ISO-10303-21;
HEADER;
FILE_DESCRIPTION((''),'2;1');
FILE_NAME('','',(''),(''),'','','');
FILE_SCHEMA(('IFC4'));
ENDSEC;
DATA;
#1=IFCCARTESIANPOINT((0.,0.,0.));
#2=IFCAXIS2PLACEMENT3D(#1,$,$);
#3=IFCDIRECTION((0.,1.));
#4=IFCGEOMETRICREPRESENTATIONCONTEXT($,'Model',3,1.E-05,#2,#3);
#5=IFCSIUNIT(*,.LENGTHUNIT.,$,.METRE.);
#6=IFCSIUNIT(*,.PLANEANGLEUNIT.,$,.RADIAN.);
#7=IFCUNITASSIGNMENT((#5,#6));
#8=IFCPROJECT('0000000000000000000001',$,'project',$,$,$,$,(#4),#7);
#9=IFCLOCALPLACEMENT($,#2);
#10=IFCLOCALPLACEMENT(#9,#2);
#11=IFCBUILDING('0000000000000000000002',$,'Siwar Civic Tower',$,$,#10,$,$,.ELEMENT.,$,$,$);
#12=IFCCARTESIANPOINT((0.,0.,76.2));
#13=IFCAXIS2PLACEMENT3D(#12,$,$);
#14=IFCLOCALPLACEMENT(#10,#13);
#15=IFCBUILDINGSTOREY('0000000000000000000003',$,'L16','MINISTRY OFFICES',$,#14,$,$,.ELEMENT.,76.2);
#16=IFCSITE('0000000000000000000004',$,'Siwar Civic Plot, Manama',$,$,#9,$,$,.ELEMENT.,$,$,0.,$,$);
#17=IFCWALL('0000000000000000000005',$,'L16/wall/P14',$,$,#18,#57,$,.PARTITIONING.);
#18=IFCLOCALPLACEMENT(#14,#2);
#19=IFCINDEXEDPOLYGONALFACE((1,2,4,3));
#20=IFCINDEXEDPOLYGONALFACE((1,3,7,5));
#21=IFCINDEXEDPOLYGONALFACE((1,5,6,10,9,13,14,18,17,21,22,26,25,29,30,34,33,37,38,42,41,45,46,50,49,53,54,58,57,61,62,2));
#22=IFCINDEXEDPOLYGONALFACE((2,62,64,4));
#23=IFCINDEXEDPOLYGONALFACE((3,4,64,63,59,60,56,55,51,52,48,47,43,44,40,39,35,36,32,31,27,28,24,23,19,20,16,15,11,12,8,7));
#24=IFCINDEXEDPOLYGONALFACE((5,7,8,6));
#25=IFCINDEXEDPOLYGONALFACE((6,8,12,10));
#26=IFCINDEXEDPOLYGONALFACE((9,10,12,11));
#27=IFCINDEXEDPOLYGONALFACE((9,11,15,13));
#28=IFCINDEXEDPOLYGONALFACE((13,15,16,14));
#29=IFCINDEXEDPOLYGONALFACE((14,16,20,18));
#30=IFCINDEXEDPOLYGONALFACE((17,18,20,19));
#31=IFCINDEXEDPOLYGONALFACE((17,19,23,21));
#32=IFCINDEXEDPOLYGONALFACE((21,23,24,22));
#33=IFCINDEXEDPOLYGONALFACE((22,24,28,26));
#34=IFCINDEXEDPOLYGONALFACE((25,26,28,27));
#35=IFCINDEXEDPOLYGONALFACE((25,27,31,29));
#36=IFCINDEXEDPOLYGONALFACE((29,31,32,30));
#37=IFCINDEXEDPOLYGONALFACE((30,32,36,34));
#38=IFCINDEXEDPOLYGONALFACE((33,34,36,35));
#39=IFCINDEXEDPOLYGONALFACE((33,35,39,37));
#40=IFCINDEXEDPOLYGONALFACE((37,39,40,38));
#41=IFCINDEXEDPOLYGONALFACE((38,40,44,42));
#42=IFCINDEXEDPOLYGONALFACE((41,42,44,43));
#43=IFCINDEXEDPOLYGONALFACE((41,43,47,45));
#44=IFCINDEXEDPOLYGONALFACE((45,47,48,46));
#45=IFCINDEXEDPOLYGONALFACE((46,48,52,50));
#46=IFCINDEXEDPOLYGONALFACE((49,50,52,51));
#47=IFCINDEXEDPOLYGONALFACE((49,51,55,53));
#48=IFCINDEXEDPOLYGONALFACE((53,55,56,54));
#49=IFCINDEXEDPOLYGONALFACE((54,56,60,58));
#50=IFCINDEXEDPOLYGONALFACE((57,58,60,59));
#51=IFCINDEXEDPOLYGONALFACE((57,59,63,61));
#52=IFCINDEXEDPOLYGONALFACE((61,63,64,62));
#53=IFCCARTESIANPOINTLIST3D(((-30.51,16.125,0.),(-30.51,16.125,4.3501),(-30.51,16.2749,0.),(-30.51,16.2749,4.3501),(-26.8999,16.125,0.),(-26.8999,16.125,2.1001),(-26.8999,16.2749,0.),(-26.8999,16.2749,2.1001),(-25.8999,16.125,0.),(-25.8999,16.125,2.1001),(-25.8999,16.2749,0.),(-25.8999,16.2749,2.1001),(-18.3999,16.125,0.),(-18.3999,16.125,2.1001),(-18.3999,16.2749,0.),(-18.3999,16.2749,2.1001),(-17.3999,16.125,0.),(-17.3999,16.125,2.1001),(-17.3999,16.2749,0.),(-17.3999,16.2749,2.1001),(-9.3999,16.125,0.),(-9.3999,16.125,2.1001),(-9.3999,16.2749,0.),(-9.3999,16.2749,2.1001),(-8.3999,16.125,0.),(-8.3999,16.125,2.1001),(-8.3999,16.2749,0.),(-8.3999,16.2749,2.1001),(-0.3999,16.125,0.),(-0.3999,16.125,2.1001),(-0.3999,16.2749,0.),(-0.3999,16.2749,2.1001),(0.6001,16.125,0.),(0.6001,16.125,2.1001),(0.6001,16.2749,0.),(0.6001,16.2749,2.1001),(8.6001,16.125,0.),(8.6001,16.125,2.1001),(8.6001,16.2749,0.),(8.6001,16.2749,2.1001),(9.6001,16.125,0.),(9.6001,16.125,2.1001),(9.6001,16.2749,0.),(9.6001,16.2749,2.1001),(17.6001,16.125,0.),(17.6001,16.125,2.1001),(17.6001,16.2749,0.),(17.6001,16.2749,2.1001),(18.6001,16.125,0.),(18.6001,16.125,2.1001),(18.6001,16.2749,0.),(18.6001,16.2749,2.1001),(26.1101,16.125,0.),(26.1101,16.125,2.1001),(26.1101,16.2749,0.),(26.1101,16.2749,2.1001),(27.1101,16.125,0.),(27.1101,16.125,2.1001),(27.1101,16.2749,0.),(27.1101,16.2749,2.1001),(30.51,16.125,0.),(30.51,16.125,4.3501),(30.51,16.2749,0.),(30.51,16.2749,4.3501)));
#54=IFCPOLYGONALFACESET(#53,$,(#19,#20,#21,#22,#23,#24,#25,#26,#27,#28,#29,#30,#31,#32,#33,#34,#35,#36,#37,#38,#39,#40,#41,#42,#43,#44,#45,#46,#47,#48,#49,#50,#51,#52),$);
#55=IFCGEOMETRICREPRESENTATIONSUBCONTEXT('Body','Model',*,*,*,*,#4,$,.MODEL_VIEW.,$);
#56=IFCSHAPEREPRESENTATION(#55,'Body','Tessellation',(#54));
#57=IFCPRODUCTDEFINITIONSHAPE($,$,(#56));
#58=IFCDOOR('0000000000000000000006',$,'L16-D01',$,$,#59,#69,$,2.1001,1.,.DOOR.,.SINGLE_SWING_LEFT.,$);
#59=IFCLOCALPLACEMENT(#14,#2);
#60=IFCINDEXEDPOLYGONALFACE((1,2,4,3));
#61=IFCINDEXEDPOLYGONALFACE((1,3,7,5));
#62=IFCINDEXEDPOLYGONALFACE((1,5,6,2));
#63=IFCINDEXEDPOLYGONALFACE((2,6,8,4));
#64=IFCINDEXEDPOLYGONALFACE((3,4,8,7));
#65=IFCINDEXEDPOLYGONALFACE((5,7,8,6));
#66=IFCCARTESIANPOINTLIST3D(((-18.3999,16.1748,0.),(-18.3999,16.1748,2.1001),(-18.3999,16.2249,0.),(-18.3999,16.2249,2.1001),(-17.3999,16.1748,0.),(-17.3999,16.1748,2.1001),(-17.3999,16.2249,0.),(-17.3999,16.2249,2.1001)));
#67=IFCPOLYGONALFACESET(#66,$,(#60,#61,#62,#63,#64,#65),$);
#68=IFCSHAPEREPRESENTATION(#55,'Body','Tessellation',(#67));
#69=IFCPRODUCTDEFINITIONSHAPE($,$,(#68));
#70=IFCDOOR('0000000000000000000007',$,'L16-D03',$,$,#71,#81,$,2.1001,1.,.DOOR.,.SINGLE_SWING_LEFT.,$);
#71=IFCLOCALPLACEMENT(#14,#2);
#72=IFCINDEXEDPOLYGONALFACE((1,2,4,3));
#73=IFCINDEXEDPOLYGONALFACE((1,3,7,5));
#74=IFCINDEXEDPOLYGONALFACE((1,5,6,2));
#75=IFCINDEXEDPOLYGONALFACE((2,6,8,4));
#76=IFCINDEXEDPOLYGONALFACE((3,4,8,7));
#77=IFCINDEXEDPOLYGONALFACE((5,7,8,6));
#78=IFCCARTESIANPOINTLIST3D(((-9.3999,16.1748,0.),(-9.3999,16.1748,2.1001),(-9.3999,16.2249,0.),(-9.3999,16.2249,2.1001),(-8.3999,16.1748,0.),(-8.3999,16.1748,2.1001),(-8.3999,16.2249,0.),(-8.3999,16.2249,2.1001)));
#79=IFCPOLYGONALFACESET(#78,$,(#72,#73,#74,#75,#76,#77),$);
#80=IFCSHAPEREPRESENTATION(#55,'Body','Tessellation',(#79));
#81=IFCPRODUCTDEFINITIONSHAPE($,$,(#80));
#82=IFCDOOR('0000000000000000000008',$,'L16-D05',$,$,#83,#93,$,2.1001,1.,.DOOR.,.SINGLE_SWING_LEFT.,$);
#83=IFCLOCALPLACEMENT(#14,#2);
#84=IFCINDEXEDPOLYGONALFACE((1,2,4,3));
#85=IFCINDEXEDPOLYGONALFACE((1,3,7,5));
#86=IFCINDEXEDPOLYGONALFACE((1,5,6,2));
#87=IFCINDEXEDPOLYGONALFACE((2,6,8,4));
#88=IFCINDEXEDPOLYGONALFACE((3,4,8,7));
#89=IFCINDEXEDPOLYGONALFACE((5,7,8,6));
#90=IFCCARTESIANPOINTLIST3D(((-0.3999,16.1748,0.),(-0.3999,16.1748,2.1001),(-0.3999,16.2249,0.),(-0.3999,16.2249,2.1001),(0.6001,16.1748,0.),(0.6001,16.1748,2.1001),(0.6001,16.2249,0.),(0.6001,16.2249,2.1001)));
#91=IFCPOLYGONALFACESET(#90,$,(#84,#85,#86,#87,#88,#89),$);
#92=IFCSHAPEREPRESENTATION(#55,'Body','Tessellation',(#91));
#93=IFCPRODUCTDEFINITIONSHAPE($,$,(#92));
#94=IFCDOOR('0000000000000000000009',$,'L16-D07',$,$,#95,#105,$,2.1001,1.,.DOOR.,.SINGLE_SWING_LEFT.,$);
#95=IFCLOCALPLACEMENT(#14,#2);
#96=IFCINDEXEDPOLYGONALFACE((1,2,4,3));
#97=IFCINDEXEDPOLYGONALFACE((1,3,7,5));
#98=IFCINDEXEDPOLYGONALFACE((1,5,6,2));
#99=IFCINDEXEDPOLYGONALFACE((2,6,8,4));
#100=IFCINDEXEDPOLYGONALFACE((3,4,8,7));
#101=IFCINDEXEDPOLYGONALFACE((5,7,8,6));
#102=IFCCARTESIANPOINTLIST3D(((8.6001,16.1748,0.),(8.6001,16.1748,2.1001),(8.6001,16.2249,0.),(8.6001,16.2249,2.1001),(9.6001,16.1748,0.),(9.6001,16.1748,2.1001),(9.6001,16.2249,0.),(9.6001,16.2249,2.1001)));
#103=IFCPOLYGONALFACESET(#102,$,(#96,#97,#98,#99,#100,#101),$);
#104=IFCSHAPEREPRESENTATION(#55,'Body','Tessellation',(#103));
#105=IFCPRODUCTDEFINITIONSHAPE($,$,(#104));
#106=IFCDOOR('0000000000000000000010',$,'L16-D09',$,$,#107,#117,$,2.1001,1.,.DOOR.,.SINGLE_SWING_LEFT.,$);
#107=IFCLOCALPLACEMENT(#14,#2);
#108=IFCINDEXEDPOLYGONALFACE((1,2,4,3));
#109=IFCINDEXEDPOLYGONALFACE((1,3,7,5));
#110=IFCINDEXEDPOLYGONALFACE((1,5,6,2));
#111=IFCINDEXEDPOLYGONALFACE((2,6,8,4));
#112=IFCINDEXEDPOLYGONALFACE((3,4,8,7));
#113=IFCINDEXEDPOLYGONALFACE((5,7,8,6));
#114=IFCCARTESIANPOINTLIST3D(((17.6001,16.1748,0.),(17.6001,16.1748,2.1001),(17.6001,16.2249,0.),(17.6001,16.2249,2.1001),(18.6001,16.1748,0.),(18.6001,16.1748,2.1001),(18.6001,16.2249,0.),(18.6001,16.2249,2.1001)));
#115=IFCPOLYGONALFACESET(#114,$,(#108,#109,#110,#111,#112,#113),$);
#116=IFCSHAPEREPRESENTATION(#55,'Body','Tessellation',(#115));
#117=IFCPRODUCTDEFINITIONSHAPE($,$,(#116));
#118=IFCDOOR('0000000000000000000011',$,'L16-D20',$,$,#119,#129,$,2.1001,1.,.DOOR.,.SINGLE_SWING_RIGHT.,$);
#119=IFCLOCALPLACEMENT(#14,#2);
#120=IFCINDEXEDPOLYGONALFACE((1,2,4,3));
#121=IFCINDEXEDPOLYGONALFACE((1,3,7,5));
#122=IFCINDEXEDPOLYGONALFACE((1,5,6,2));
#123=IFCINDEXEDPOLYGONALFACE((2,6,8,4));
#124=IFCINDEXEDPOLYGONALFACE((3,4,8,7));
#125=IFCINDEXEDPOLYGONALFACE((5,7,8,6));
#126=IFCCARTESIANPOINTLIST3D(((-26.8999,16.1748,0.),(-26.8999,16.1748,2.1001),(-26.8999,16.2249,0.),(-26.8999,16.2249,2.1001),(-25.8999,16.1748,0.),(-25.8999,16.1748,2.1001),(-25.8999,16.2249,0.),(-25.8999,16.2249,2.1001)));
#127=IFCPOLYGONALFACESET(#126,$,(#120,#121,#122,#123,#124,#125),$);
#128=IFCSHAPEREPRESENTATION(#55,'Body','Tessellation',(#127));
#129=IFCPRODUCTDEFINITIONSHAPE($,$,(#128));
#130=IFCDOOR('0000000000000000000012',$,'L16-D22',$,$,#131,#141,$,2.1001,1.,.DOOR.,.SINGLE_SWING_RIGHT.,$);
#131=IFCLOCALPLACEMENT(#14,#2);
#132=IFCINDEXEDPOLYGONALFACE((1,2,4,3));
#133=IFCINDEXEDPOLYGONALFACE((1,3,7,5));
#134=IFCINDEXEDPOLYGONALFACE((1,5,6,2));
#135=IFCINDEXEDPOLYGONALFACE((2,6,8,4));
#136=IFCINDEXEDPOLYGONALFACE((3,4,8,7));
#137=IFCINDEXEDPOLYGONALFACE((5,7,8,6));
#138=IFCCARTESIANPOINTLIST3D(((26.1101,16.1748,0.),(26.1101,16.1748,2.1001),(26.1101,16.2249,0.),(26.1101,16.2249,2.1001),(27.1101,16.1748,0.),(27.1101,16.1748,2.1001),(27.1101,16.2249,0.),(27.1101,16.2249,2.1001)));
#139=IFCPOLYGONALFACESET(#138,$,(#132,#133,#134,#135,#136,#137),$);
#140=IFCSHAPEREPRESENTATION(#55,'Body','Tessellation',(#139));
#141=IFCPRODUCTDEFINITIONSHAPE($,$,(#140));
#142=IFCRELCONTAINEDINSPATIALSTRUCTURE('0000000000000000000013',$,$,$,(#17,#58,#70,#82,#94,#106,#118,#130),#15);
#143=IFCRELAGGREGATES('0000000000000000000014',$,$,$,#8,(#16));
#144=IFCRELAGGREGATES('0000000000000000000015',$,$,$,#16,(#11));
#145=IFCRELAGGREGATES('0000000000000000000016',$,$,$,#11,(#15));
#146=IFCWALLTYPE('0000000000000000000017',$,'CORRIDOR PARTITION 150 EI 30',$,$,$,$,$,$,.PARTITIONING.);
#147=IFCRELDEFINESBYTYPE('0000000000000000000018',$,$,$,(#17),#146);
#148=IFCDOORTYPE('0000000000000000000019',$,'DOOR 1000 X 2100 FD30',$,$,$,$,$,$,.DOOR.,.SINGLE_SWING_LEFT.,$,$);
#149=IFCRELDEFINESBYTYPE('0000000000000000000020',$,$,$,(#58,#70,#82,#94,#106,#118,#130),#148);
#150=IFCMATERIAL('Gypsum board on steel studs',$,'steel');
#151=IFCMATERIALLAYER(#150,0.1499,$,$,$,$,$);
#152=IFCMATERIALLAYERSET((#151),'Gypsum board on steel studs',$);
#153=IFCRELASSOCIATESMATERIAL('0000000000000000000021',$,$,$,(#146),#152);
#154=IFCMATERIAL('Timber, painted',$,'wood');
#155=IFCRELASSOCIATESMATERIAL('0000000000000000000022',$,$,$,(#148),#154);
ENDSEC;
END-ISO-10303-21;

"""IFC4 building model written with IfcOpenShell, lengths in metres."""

from ifc_helpers import new_model, si_unit, direction, frame, frame_2d, origin, place, context, subcontext, project, spatial, rectangle, extrude, material, layer, layer_set, type_object, element, fill, save


model = new_model("IFC4")

# Units and contexts
model_context = context("Model", 3, precision=1e-05, world=origin(), true_north=direction((0.0, 1.0)))
body_context = subcontext(model_context, "Body", "Model", "MODEL_VIEW")
ifc_project = project(units=[si_unit("LENGTHUNIT", "METRE"), si_unit("PLANEANGLEUNIT", "RADIAN")], contexts=[model_context])

# Site, building, storey
site_placement = place(None, origin())
site = spatial("IfcSite", under=ifc_project, at=site_placement, Name="Siwar Civic Plot, Manama", CompositionType="ELEMENT", RefElevation=0.0)
building_placement = place(site_placement, origin())
building = spatial("IfcBuilding", under=site, at=building_placement, Name="Siwar Civic Tower", CompositionType="ELEMENT")
storey_placement = place(building_placement, frame((0.0, 0.0, 76.2)))
storey = spatial("IfcBuildingStorey", under=building, at=storey_placement, Name="L16", Description="MINISTRY OFFICES", CompositionType="ELEMENT", Elevation=76.2)

# Shared definitions
ifc_material_1 = material(Name="Gypsum board on steel studs", Category="steel")
ifc_layer_1 = layer(ifc_material_1, 0.1499)
ifc_layer_set_1 = layer_set([ifc_layer_1], Name="Gypsum board on steel studs")
wall_type_1 = type_object("IfcWallType", Name="CORRIDOR PARTITION 150 EI 30", PredefinedType="PARTITIONING", material=ifc_layer_set_1)
ifc_material_2 = material(Name="Timber, painted", Category="wood")
door_type_1 = type_object("IfcDoorType", Name="DOOR 1000 X 2100 FD30", OperationType="SINGLE_SWING_LEFT", PredefinedType="DOOR", material=ifc_material_2)

# Wall, openings, doors
wall_1_placement = place(storey_placement, frame((-30.51, 16.2, 0.0), z_axis=(0.0, 0.0, 1.0), x_axis=(1.0, 0.0, 0.0)))
wall_1 = element("IfcWall", 1, at=wall_1_placement, inside=storey, type_object=wall_type_1, Name="L16/wall/P14", PredefinedType="PARTITIONING", context=body_context, shape_type="SweptSolid", body=[
    extrude(rectangle(XDim=61.02, YDim=0.1499, at=frame_2d((30.51, 0.0))), origin(), (0.0, 0.0, 1.0), 4.3501),
])
opening_1_placement = place(wall_1_placement, frame((12.1101, 0.0, 0.0)))
opening_1 = element("IfcOpeningElement", 2, at=opening_1_placement, cuts=wall_1, PredefinedType="OPENING", context=body_context, shape_type="SweptSolid", body=[
    extrude(rectangle(XDim=1.0, YDim=2.1001, at=frame_2d((0.5, 1.05))), frame((0.0, 0.085, 0.0), z_axis=(0.0, -1.0, 0.0), x_axis=(1.0, 0.0, 0.0)), (0.0, 0.0, 1.0), 0.1699),
])
opening_2_placement = place(wall_1_placement, frame((21.1101, 0.0, 0.0)))
opening_2 = element("IfcOpeningElement", 3, at=opening_2_placement, cuts=wall_1, PredefinedType="OPENING", context=body_context, shape_type="SweptSolid", body=[
    extrude(rectangle(XDim=1.0, YDim=2.1001, at=frame_2d((0.5, 1.05))), frame((0.0, 0.085, 0.0), z_axis=(0.0, -1.0, 0.0), x_axis=(1.0, 0.0, 0.0)), (0.0, 0.0, 1.0), 0.1699),
])
opening_3_placement = place(wall_1_placement, frame((30.1101, 0.0, 0.0)))
opening_3 = element("IfcOpeningElement", 4, at=opening_3_placement, cuts=wall_1, PredefinedType="OPENING", context=body_context, shape_type="SweptSolid", body=[
    extrude(rectangle(XDim=1.0, YDim=2.1001, at=frame_2d((0.5, 1.05))), frame((0.0, 0.085, 0.0), z_axis=(0.0, -1.0, 0.0), x_axis=(1.0, 0.0, 0.0)), (0.0, 0.0, 1.0), 0.1699),
])
opening_4_placement = place(wall_1_placement, frame((39.1101, 0.0, 0.0)))
opening_4 = element("IfcOpeningElement", 5, at=opening_4_placement, cuts=wall_1, PredefinedType="OPENING", context=body_context, shape_type="SweptSolid", body=[
    extrude(rectangle(XDim=1.0, YDim=2.1001, at=frame_2d((0.5, 1.05))), frame((0.0, 0.085, 0.0), z_axis=(0.0, -1.0, 0.0), x_axis=(1.0, 0.0, 0.0)), (0.0, 0.0, 1.0), 0.1699),
])
opening_5_placement = place(wall_1_placement, frame((48.1101, 0.0, 0.0)))
opening_5 = element("IfcOpeningElement", 6, at=opening_5_placement, cuts=wall_1, PredefinedType="OPENING", context=body_context, shape_type="SweptSolid", body=[
    extrude(rectangle(XDim=1.0, YDim=2.1001, at=frame_2d((0.5, 1.05))), frame((0.0, 0.085, 0.0), z_axis=(0.0, -1.0, 0.0), x_axis=(1.0, 0.0, 0.0)), (0.0, 0.0, 1.0), 0.1699),
])
opening_6_placement = place(wall_1_placement, frame((3.6101, 0.0, 0.0)))
opening_6 = element("IfcOpeningElement", 7, at=opening_6_placement, cuts=wall_1, PredefinedType="OPENING", context=body_context, shape_type="SweptSolid", body=[
    extrude(rectangle(XDim=1.0, YDim=2.1001, at=frame_2d((0.5, 1.05))), frame((0.0, 0.085, 0.0), z_axis=(0.0, -1.0, 0.0), x_axis=(1.0, 0.0, 0.0)), (0.0, 0.0, 1.0), 0.1699),
])
opening_7_placement = place(wall_1_placement, frame((56.6201, 0.0, 0.0)))
opening_7 = element("IfcOpeningElement", 8, at=opening_7_placement, cuts=wall_1, PredefinedType="OPENING", context=body_context, shape_type="SweptSolid", body=[
    extrude(rectangle(XDim=1.0, YDim=2.1001, at=frame_2d((0.5, 1.05))), frame((0.0, 0.085, 0.0), z_axis=(0.0, -1.0, 0.0), x_axis=(1.0, 0.0, 0.0)), (0.0, 0.0, 1.0), 0.1699),
])
door_1_placement = place(opening_1_placement, origin())
door_1 = element("IfcDoor", 9, at=door_1_placement, inside=storey, type_object=door_type_1, Name="L16-D01", OperationType="SINGLE_SWING_LEFT", OverallHeight=2.1001, OverallWidth=1.0, PredefinedType="DOOR", context=body_context, shape_type="SweptSolid", body=[
    extrude(rectangle(XDim=1.0, YDim=2.1001, at=frame_2d((0.5, 1.05))), frame((0.0, 0.0249, 0.0), z_axis=(0.0, -1.0, 0.0), x_axis=(1.0, 0.0, 0.0)), (0.0, 0.0, 1.0), 0.05),
])
fill(opening_1, door_1)
door_2_placement = place(opening_2_placement, origin())
door_2 = element("IfcDoor", 10, at=door_2_placement, inside=storey, type_object=door_type_1, Name="L16-D03", OperationType="SINGLE_SWING_LEFT", OverallHeight=2.1001, OverallWidth=1.0, PredefinedType="DOOR", context=body_context, shape_type="SweptSolid", body=[
    extrude(rectangle(XDim=1.0, YDim=2.1001, at=frame_2d((0.5, 1.05))), frame((0.0, 0.0249, 0.0), z_axis=(0.0, -1.0, 0.0), x_axis=(1.0, 0.0, 0.0)), (0.0, 0.0, 1.0), 0.05),
])
fill(opening_2, door_2)
door_3_placement = place(opening_3_placement, origin())
door_3 = element("IfcDoor", 11, at=door_3_placement, inside=storey, type_object=door_type_1, Name="L16-D05", OperationType="SINGLE_SWING_LEFT", OverallHeight=2.1001, OverallWidth=1.0, PredefinedType="DOOR", context=body_context, shape_type="SweptSolid", body=[
    extrude(rectangle(XDim=1.0, YDim=2.1001, at=frame_2d((0.5, 1.05))), frame((0.0, 0.0249, 0.0), z_axis=(0.0, -1.0, 0.0), x_axis=(1.0, 0.0, 0.0)), (0.0, 0.0, 1.0), 0.05),
])
fill(opening_3, door_3)
door_4_placement = place(opening_4_placement, origin())
door_4 = element("IfcDoor", 12, at=door_4_placement, inside=storey, type_object=door_type_1, Name="L16-D07", OperationType="SINGLE_SWING_LEFT", OverallHeight=2.1001, OverallWidth=1.0, PredefinedType="DOOR", context=body_context, shape_type="SweptSolid", body=[
    extrude(rectangle(XDim=1.0, YDim=2.1001, at=frame_2d((0.5, 1.05))), frame((0.0, 0.0249, 0.0), z_axis=(0.0, -1.0, 0.0), x_axis=(1.0, 0.0, 0.0)), (0.0, 0.0, 1.0), 0.05),
])
fill(opening_4, door_4)
door_5_placement = place(opening_5_placement, origin())
door_5 = element("IfcDoor", 13, at=door_5_placement, inside=storey, type_object=door_type_1, Name="L16-D09", OperationType="SINGLE_SWING_LEFT", OverallHeight=2.1001, OverallWidth=1.0, PredefinedType="DOOR", context=body_context, shape_type="SweptSolid", body=[
    extrude(rectangle(XDim=1.0, YDim=2.1001, at=frame_2d((0.5, 1.05))), frame((0.0, 0.0249, 0.0), z_axis=(0.0, -1.0, 0.0), x_axis=(1.0, 0.0, 0.0)), (0.0, 0.0, 1.0), 0.05),
])
fill(opening_5, door_5)
door_6_placement = place(opening_6_placement, origin())
door_6 = element("IfcDoor", 14, at=door_6_placement, inside=storey, type_object=door_type_1, Name="L16-D20", OperationType="SINGLE_SWING_RIGHT", OverallHeight=2.1001, OverallWidth=1.0, PredefinedType="DOOR", context=body_context, shape_type="SweptSolid", body=[
    extrude(rectangle(XDim=1.0, YDim=2.1001, at=frame_2d((0.5, 1.05))), frame((0.0, 0.0249, 0.0), z_axis=(0.0, -1.0, 0.0), x_axis=(1.0, 0.0, 0.0)), (0.0, 0.0, 1.0), 0.05),
])
fill(opening_6, door_6)
door_7_placement = place(opening_7_placement, origin())
door_7 = element("IfcDoor", 15, at=door_7_placement, inside=storey, type_object=door_type_1, Name="L16-D22", OperationType="SINGLE_SWING_RIGHT", OverallHeight=2.1001, OverallWidth=1.0, PredefinedType="DOOR", context=body_context, shape_type="SweptSolid", body=[
    extrude(rectangle(XDim=1.0, YDim=2.1001, at=frame_2d((0.5, 1.05))), frame((0.0, 0.0249, 0.0), z_axis=(0.0, -1.0, 0.0), x_axis=(1.0, 0.0, 0.0)), (0.0, 0.0, 1.0), 0.05),
])
fill(opening_7, door_7)

save(model, "model.ifc")
